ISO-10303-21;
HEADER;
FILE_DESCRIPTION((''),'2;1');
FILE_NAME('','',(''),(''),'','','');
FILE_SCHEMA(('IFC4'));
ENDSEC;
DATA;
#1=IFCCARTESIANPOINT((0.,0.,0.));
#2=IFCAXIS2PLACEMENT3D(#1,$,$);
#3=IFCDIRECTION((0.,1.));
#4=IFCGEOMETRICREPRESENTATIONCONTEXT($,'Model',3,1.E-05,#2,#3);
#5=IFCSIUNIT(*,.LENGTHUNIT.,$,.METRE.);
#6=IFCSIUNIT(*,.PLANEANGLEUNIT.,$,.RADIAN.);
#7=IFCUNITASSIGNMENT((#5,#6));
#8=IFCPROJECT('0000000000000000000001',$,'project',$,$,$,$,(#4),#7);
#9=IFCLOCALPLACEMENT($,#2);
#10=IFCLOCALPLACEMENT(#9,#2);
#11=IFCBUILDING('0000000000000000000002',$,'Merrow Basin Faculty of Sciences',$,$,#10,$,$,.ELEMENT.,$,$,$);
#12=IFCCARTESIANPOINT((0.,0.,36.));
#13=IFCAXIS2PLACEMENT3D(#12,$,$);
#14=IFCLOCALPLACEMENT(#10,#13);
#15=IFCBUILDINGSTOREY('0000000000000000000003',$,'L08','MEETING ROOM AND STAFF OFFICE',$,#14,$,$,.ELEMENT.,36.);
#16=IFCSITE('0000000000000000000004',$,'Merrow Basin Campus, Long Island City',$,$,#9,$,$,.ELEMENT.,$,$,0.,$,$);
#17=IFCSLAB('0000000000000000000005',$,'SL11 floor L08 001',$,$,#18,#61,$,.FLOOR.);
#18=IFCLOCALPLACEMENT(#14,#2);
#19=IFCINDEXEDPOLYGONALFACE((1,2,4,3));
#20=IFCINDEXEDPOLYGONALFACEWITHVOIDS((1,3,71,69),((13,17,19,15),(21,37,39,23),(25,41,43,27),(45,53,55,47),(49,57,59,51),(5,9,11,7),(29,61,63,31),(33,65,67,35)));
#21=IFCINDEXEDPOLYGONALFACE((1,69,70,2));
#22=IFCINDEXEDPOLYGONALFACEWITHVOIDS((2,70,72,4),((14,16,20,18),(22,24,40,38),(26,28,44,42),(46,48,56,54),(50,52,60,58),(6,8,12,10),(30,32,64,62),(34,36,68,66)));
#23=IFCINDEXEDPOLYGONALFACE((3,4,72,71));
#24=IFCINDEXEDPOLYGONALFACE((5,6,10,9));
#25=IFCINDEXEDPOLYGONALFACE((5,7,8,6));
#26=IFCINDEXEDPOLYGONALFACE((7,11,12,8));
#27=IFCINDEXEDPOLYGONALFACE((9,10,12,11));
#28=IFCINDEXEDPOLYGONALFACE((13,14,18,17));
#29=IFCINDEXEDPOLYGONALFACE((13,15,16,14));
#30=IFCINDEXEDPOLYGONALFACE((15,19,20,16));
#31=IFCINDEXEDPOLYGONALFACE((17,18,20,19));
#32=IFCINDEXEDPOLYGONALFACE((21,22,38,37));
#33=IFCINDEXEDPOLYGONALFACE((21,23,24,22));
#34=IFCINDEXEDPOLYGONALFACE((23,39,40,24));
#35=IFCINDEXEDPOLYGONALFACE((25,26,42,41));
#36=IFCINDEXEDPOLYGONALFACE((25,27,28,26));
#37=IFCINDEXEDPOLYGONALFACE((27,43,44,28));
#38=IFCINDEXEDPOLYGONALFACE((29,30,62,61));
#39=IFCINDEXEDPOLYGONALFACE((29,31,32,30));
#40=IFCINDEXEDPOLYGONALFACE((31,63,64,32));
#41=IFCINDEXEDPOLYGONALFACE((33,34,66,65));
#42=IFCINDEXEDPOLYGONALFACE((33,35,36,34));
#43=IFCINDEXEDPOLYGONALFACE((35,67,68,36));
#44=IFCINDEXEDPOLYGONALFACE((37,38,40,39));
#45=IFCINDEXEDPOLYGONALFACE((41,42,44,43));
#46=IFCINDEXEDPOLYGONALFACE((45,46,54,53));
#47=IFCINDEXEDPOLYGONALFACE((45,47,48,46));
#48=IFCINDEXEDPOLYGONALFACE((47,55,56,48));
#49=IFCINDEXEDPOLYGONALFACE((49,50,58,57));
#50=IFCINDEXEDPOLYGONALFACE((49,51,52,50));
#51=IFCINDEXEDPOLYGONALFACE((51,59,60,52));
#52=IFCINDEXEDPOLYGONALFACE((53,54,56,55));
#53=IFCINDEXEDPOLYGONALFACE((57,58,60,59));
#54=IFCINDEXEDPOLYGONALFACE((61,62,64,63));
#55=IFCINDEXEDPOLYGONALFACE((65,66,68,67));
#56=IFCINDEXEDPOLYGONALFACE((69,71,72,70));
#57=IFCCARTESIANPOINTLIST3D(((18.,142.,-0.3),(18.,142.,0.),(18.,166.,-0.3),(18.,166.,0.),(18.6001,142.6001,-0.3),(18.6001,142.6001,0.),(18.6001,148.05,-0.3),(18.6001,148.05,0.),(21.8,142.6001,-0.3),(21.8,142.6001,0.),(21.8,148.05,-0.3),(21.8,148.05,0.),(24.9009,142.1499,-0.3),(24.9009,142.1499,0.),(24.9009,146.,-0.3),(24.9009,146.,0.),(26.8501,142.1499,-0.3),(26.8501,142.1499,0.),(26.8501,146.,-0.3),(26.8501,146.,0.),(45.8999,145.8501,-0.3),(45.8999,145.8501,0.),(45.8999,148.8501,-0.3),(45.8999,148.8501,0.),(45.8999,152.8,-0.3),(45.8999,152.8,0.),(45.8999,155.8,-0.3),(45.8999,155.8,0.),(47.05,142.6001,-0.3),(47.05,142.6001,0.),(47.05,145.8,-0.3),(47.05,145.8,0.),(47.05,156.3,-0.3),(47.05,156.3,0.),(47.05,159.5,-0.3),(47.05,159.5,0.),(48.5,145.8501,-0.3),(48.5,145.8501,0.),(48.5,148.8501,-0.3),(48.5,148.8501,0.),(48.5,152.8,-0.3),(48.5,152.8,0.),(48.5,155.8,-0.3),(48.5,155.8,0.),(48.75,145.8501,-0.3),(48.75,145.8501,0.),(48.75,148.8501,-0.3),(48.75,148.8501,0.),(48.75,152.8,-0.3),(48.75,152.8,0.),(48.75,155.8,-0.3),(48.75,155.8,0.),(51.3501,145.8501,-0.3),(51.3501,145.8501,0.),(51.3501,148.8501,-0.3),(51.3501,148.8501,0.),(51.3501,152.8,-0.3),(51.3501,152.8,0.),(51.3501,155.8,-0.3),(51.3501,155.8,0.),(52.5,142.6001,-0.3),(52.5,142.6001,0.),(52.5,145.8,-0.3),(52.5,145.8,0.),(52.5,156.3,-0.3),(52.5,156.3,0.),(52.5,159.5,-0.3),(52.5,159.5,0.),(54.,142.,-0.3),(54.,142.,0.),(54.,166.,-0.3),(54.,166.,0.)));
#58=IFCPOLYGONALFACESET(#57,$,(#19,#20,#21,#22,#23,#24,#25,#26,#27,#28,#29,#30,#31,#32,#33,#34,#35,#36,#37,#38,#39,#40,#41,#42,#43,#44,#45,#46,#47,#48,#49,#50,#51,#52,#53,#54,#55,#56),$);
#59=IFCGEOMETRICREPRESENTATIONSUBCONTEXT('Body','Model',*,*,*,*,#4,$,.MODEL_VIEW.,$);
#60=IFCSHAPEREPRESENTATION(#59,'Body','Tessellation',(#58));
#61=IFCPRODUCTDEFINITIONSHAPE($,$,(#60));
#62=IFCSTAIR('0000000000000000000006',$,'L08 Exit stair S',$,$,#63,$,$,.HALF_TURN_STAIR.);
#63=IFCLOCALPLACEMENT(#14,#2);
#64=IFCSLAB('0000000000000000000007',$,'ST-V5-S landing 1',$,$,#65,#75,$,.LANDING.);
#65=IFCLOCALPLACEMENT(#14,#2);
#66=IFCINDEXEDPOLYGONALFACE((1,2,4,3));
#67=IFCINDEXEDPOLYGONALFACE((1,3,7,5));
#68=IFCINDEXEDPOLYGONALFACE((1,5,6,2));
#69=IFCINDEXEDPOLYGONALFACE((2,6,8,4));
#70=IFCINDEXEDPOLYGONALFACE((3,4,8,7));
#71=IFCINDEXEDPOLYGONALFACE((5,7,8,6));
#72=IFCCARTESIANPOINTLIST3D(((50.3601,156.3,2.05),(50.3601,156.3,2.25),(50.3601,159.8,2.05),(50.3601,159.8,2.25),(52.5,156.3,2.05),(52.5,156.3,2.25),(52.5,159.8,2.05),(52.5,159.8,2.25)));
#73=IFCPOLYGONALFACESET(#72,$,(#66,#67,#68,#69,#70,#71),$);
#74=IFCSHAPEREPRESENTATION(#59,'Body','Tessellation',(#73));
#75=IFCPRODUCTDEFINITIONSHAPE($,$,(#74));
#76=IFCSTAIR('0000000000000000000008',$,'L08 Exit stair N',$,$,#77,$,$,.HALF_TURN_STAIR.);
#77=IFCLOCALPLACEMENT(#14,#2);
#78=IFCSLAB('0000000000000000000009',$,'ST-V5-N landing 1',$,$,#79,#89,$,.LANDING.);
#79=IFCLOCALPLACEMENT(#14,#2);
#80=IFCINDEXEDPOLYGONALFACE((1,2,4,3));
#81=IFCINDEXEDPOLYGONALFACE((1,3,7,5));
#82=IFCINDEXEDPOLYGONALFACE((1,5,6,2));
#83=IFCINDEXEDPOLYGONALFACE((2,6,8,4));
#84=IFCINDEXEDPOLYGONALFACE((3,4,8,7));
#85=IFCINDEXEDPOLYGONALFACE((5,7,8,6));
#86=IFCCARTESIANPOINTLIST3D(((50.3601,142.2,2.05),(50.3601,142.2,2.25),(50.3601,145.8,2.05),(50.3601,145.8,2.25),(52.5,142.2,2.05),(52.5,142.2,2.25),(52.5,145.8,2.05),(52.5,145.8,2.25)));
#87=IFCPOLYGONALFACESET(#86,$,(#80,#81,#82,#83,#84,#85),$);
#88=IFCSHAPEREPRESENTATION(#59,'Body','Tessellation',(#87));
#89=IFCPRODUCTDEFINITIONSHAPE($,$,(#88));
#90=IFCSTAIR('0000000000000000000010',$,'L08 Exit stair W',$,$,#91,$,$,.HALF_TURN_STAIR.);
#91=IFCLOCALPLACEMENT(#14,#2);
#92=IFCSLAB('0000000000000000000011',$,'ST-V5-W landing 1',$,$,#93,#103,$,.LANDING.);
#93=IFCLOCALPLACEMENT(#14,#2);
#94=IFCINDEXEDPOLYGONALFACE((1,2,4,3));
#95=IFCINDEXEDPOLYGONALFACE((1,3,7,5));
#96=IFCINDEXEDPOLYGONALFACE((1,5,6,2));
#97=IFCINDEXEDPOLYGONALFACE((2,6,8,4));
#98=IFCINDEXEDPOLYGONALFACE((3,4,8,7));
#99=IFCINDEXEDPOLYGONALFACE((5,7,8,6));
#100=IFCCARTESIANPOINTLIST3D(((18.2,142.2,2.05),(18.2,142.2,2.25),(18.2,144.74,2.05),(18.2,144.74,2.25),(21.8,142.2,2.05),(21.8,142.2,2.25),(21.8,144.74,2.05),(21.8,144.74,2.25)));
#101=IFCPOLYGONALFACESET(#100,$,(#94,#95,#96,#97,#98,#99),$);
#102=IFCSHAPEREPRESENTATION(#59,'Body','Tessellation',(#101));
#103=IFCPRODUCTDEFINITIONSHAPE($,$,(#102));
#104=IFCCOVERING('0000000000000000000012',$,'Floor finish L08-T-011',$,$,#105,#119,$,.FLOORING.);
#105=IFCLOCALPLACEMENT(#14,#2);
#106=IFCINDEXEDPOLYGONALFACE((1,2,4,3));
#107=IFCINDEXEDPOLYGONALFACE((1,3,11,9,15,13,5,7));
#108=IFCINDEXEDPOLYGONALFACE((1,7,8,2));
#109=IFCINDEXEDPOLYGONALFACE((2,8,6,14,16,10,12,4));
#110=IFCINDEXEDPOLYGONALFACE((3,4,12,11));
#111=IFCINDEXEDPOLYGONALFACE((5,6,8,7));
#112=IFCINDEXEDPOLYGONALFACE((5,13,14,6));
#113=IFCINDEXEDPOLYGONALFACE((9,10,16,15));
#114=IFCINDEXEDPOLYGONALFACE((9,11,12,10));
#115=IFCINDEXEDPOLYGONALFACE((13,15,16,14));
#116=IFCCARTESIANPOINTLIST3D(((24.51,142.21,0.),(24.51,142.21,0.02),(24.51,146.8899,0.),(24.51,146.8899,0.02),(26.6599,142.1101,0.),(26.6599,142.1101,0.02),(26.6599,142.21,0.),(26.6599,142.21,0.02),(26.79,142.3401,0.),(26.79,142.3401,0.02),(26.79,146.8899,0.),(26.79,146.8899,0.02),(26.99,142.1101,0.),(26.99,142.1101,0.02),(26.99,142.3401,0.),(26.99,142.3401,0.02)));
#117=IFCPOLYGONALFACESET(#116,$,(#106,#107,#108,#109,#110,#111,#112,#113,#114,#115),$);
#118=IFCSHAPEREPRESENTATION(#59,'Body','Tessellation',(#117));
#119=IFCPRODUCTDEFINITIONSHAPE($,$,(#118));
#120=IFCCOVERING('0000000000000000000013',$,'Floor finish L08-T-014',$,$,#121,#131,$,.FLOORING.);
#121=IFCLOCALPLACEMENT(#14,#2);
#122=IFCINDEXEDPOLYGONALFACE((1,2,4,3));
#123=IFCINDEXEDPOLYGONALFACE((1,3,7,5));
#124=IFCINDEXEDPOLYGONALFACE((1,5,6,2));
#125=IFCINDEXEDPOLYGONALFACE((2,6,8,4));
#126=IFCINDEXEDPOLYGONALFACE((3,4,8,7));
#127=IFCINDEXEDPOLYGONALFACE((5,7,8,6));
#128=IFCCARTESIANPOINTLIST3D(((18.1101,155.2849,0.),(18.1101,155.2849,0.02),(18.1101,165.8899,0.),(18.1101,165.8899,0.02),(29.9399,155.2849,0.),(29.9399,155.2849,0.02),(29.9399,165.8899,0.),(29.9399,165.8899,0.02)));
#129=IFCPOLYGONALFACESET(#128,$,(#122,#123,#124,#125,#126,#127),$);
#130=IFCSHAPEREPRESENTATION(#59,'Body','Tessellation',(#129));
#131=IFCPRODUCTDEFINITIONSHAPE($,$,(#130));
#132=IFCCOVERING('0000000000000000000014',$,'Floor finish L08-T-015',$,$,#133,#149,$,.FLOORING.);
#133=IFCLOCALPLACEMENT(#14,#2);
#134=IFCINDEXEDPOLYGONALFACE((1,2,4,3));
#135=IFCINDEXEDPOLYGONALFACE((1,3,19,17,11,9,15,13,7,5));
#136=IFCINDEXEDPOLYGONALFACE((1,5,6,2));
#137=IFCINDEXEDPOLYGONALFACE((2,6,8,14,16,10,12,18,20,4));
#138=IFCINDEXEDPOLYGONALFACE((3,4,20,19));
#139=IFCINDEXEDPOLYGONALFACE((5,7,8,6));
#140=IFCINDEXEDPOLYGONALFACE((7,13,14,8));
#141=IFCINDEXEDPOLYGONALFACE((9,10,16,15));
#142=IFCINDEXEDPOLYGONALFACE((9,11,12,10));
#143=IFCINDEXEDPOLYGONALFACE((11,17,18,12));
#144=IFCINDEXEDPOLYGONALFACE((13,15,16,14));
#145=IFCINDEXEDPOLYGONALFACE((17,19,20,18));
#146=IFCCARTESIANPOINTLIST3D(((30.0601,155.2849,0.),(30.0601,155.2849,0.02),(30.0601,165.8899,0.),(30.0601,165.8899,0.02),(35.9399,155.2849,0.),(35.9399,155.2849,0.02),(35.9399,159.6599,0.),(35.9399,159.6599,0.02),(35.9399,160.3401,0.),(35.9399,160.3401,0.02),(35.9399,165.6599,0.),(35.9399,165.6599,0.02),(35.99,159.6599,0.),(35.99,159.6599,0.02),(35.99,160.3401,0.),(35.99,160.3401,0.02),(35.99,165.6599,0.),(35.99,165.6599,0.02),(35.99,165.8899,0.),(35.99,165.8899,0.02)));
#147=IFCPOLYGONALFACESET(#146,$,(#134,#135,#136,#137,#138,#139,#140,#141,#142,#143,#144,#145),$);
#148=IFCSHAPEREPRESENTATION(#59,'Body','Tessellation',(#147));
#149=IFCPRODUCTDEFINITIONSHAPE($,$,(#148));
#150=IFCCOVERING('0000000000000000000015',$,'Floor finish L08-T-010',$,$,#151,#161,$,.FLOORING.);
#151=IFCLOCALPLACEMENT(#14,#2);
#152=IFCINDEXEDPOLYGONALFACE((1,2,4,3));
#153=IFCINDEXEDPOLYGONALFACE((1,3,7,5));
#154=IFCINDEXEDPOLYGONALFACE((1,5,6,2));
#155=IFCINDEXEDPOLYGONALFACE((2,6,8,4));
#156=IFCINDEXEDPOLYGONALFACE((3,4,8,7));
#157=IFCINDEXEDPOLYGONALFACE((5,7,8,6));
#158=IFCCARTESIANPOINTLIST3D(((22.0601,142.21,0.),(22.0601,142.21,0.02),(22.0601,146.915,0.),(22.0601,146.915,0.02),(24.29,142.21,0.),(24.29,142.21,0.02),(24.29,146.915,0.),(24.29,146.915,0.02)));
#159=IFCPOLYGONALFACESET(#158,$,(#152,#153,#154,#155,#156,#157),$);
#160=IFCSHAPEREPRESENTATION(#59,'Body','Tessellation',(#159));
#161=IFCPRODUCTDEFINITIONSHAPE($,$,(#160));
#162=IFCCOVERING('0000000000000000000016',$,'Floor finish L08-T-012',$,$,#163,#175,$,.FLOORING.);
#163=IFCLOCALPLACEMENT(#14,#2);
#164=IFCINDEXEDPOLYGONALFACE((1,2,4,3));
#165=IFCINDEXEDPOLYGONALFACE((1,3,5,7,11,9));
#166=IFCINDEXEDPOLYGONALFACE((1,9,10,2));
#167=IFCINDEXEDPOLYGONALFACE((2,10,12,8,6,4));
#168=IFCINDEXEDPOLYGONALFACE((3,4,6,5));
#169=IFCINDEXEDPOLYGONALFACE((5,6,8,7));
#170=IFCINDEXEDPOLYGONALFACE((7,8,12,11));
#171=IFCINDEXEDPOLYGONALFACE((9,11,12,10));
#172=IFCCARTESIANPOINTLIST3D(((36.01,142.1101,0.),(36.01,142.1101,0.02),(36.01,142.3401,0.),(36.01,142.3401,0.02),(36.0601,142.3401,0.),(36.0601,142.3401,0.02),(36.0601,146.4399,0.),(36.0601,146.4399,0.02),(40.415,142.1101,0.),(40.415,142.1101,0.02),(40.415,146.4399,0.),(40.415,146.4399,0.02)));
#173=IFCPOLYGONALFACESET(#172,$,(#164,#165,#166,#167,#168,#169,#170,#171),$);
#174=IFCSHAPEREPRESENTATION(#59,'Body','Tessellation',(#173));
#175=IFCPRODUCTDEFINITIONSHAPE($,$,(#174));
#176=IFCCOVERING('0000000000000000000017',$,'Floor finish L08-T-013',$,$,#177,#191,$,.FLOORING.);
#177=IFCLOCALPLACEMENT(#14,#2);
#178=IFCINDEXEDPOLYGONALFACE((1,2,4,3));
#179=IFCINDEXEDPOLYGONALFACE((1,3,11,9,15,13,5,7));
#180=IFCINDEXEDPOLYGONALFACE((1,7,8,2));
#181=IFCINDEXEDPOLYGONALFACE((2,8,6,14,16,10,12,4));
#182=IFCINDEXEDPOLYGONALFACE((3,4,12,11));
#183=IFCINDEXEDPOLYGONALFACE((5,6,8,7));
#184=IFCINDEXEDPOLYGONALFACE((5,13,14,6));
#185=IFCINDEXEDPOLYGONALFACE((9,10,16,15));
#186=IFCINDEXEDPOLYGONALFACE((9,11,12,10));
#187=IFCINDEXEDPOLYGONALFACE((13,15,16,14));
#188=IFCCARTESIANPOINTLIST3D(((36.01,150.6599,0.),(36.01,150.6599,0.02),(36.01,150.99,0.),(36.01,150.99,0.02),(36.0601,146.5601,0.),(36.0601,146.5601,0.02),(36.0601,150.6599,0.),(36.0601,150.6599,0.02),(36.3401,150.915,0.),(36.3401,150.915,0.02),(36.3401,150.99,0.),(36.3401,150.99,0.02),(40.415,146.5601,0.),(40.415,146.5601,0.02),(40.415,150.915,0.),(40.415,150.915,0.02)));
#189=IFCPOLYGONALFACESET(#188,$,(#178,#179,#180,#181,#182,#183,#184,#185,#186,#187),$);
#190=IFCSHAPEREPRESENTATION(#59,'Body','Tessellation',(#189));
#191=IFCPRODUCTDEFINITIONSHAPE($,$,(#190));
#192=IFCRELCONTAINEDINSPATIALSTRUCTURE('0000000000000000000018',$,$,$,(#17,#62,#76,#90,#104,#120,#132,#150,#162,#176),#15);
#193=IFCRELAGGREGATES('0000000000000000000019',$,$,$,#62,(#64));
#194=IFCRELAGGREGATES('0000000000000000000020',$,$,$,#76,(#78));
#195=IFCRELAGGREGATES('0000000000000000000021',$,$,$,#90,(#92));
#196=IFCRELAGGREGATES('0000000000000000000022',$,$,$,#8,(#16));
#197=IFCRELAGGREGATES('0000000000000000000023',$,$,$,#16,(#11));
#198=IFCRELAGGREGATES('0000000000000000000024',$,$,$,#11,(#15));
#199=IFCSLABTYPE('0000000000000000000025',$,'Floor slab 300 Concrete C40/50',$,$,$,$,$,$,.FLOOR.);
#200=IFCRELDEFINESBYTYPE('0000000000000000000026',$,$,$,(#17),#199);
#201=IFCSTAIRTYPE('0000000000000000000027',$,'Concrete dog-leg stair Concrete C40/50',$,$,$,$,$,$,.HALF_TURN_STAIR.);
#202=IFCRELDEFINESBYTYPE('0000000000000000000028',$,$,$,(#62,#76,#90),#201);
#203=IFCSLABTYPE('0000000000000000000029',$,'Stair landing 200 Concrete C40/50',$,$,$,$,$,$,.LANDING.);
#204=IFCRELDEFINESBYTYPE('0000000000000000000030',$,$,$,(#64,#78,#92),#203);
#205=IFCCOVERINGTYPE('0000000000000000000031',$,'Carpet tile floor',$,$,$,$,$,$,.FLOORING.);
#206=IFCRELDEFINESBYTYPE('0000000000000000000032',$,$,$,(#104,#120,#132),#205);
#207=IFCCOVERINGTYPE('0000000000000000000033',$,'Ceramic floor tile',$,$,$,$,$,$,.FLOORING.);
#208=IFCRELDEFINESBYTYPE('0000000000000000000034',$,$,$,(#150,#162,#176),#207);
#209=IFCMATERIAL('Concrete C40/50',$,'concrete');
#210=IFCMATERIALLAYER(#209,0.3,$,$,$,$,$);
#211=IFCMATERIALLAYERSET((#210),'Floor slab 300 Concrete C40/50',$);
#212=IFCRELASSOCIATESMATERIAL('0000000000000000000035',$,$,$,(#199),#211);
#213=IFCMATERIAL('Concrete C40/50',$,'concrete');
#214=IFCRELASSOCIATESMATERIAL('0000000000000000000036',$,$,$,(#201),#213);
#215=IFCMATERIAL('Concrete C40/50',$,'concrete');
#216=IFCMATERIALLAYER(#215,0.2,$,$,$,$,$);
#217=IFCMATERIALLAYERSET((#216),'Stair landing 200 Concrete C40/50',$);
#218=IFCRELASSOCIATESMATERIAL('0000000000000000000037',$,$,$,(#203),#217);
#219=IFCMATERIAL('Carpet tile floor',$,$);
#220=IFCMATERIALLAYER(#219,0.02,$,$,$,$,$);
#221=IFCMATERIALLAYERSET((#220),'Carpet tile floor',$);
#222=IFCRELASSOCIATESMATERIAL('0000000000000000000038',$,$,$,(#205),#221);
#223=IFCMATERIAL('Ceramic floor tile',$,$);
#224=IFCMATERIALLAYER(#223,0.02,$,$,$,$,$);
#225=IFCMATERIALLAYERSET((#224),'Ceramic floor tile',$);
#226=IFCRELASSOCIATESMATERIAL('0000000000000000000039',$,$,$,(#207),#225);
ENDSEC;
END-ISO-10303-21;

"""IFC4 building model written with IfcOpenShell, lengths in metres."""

from ifc_helpers import new_model, si_unit, direction, frame, origin, place, context, subcontext, project, spatial, polyline, outline, extrude, material, layer, layer_set, type_object, element, aggregate, save


model = new_model("IFC4")

# Units and contexts
model_context = context("Model", 3, precision=1e-05, world=origin(), true_north=direction((0.0, 1.0)))
body_context = subcontext(model_context, "Body", "Model", "MODEL_VIEW")
ifc_project = project(units=[si_unit("LENGTHUNIT", "METRE"), si_unit("PLANEANGLEUNIT", "RADIAN")], contexts=[model_context])

# Site, building, storey
site_placement = place(None, origin())
site = spatial("IfcSite", under=ifc_project, at=site_placement, Name="Merrow Basin Campus, Long Island City", CompositionType="ELEMENT", RefElevation=0.0)
building_placement = place(site_placement, origin())
building = spatial("IfcBuilding", under=site, at=building_placement, Name="Merrow Basin Faculty of Sciences", CompositionType="ELEMENT")
storey_placement = place(building_placement, frame((0.0, 0.0, 36.0)))
storey = spatial("IfcBuildingStorey", under=building, at=storey_placement, Name="L08", Description="MEETING ROOM AND STAFF OFFICE", CompositionType="ELEMENT", Elevation=36.0)

# Slab
ifc_material_1 = material(Name="Concrete C40/50", Category="concrete")
ifc_layer_1 = layer(ifc_material_1, 0.3)
ifc_layer_set_1 = layer_set([ifc_layer_1], Name="Floor slab 300 Concrete C40/50")
slab_type_1 = type_object("IfcSlabType", Name="Floor slab 300 Concrete C40/50", PredefinedType="FLOOR", material=ifc_layer_set_1)
slab_1_placement = place(storey_placement, frame((0.0, 0.0, -0.3)))
element("IfcSlab", 1, at=slab_1_placement, inside=storey, type_object=slab_type_1, Name="SL11 floor L08 001", PredefinedType="FLOOR", context=body_context, shape_type="SweptSolid", body=[
    extrude(outline(polyline([(18.0, 166.0), (54.0, 166.0), (54.0, 142.0), (18.0, 142.0), (18.0, 166.0)]), holes=[polyline([(47.05, 142.6001), (52.5, 142.6001), (52.5, 145.8), (47.05, 145.8), (47.05, 142.6001)]), polyline([(47.05, 156.3), (52.5, 156.3), (52.5, 159.5), (47.05, 159.5), (47.05, 156.3)]), polyline([(48.75, 145.8501), (51.3501, 145.8501), (51.3501, 148.8501), (48.75, 148.8501), (48.75, 145.8501)]), polyline([(48.75, 152.8), (51.3501, 152.8), (51.3501, 155.8), (48.75, 155.8), (48.75, 152.8)]), polyline([(45.8999, 145.8501), (48.5, 145.8501), (48.5, 148.8501), (45.8999, 148.8501), (45.8999, 145.8501)]), polyline([(45.8999, 152.8), (48.5, 152.8), (48.5, 155.8), (45.8999, 155.8), (45.8999, 152.8)]), polyline([(24.9009, 142.1499), (26.8501, 142.1499), (26.8501, 146.0), (24.9009, 146.0), (24.9009, 142.1499)]), polyline([(18.6001, 142.6001), (21.8, 142.6001), (21.8, 148.05), (18.6001, 148.05), (18.6001, 142.6001)])]), origin(), (0.0, 0.0, 1.0), 0.3),
])

# Stairs, slabs
ifc_material_2 = material(Name="Concrete C40/50", Category="concrete")
stair_type = type_object("IfcStairType", Name="Concrete dog-leg stair Concrete C40/50", PredefinedType="HALF_TURN_STAIR", material=ifc_material_2)
stair_1_placement = place(storey_placement, origin())
stair_1 = element("IfcStair", 2, at=stair_1_placement, inside=storey, type_object=stair_type, Name="L08 Exit stair S", PredefinedType="HALF_TURN_STAIR")
ifc_material_3 = material(Name="Concrete C40/50", Category="concrete")
ifc_layer_2 = layer(ifc_material_3, 0.2)
ifc_layer_set_2 = layer_set([ifc_layer_2], Name="Stair landing 200 Concrete C40/50")
slab_type_2 = type_object("IfcSlabType", Name="Stair landing 200 Concrete C40/50", PredefinedType="LANDING", material=ifc_layer_set_2)
slab_2_placement = place(storey_placement, frame((0.0, 0.0, 2.05)))
slab_2 = element("IfcSlab", 3, at=slab_2_placement, type_object=slab_type_2, Name="ST-V5-S landing 1", PredefinedType="LANDING", context=body_context, shape_type="SweptSolid", body=[
    extrude(outline(polyline([(50.3601, 156.3), (52.5, 156.3), (52.5, 159.8), (50.3601, 159.8), (50.3601, 156.3)])), origin(), (0.0, 0.0, 1.0), 0.2),
])
aggregate(stair_1, [slab_2])
stair_2_placement = place(storey_placement, origin())
stair_2 = element("IfcStair", 4, at=stair_2_placement, inside=storey, type_object=stair_type, Name="L08 Exit stair N", PredefinedType="HALF_TURN_STAIR")
slab_3_placement = place(storey_placement, frame((0.0, 0.0, 2.05)))
slab_3 = element("IfcSlab", 5, at=slab_3_placement, type_object=slab_type_2, Name="ST-V5-N landing 1", PredefinedType="LANDING", context=body_context, shape_type="SweptSolid", body=[
    extrude(outline(polyline([(50.3601, 142.2), (52.5, 142.2), (52.5, 145.8), (50.3601, 145.8), (50.3601, 142.2)])), origin(), (0.0, 0.0, 1.0), 0.2),
])
aggregate(stair_2, [slab_3])
stair_3_placement = place(storey_placement, origin())
stair_3 = element("IfcStair", 6, at=stair_3_placement, inside=storey, type_object=stair_type, Name="L08 Exit stair W", PredefinedType="HALF_TURN_STAIR")
slab_4_placement = place(storey_placement, frame((0.0, 0.0, 2.05)))
slab_4 = element("IfcSlab", 7, at=slab_4_placement, type_object=slab_type_2, Name="ST-V5-W landing 1", PredefinedType="LANDING", context=body_context, shape_type="SweptSolid", body=[
    extrude(outline(polyline([(18.2, 142.2), (21.8, 142.2), (21.8, 144.74), (18.2, 144.74), (18.2, 142.2)])), origin(), (0.0, 0.0, 1.0), 0.2),
])
aggregate(stair_3, [slab_4])

# Coverings
ifc_material_4 = material(Name="Carpet tile floor")
ifc_layer_3 = layer(ifc_material_4, 0.02)
ifc_layer_set_3 = layer_set([ifc_layer_3], Name="Carpet tile floor")
covering_type_1 = type_object("IfcCoveringType", Name="Carpet tile floor", PredefinedType="FLOORING", material=ifc_layer_set_3)
covering_1_placement = place(storey_placement, origin())
element("IfcCovering", 8, at=covering_1_placement, inside=storey, type_object=covering_type_1, Name="Floor finish L08-T-011", PredefinedType="FLOORING", context=body_context, shape_type="SweptSolid", body=[
    extrude(outline(polyline([(26.99, 142.1101), (26.6599, 142.1101), (26.6599, 142.21), (24.51, 142.21), (24.51, 146.8899), (26.79, 146.8899), (26.79, 142.3401), (26.99, 142.3401), (26.99, 142.1101)])), origin(), (0.0, 0.0, 1.0), 0.02),
])
covering_2_placement = place(storey_placement, origin())
element("IfcCovering", 9, at=covering_2_placement, inside=storey, type_object=covering_type_1, Name="Floor finish L08-T-014", PredefinedType="FLOORING", context=body_context, shape_type="SweptSolid", body=[
    extrude(outline(polyline([(18.1101, 165.8899), (29.9399, 165.8899), (29.9399, 155.2849), (18.1101, 155.2849), (18.1101, 165.8899)])), origin(), (0.0, 0.0, 1.0), 0.02),
])
covering_3_placement = place(storey_placement, origin())
element("IfcCovering", 10, at=covering_3_placement, inside=storey, type_object=covering_type_1, Name="Floor finish L08-T-015", PredefinedType="FLOORING", context=body_context, shape_type="SweptSolid", body=[
    extrude(outline(polyline([(30.0601, 155.2849), (30.0601, 165.8899), (35.99, 165.8899), (35.99, 165.6599), (35.9399, 165.6599), (35.9399, 160.3401), (35.99, 160.3401), (35.99, 159.6599), (35.9399, 159.6599), (35.9399, 155.2849), (30.0601, 155.2849)])), origin(), (0.0, 0.0, 1.0), 0.02),
])
ifc_material_5 = material(Name="Ceramic floor tile")
ifc_layer_4 = layer(ifc_material_5, 0.02)
ifc_layer_set_4 = layer_set([ifc_layer_4], Name="Ceramic floor tile")
covering_type_2 = type_object("IfcCoveringType", Name="Ceramic floor tile", PredefinedType="FLOORING", material=ifc_layer_set_4)
covering_4_placement = place(storey_placement, origin())
element("IfcCovering", 11, at=covering_4_placement, inside=storey, type_object=covering_type_2, Name="Floor finish L08-T-010", PredefinedType="FLOORING", context=body_context, shape_type="SweptSolid", body=[
    extrude(outline(polyline([(24.29, 142.21), (22.0601, 142.21), (22.0601, 146.915), (24.29, 146.915), (24.29, 142.21)])), origin(), (0.0, 0.0, 1.0), 0.02),
])
covering_5_placement = place(storey_placement, origin())
element("IfcCovering", 12, at=covering_5_placement, inside=storey, type_object=covering_type_2, Name="Floor finish L08-T-012", PredefinedType="FLOORING", context=body_context, shape_type="SweptSolid", body=[
    extrude(outline(polyline([(36.01, 142.1101), (36.01, 142.3401), (36.0601, 142.3401), (36.0601, 146.4399), (40.415, 146.4399), (40.415, 142.1101), (36.01, 142.1101)])), origin(), (0.0, 0.0, 1.0), 0.02),
])
covering_6_placement = place(storey_placement, origin())
element("IfcCovering", 13, at=covering_6_placement, inside=storey, type_object=covering_type_2, Name="Floor finish L08-T-013", PredefinedType="FLOORING", context=body_context, shape_type="SweptSolid", body=[
    extrude(outline(polyline([(36.01, 150.99), (36.3401, 150.99), (36.3401, 150.915), (40.415, 150.915), (40.415, 146.5601), (36.0601, 146.5601), (36.0601, 150.6599), (36.01, 150.6599), (36.01, 150.99)])), origin(), (0.0, 0.0, 1.0), 0.02),
])

save(model, "model.ifc")
